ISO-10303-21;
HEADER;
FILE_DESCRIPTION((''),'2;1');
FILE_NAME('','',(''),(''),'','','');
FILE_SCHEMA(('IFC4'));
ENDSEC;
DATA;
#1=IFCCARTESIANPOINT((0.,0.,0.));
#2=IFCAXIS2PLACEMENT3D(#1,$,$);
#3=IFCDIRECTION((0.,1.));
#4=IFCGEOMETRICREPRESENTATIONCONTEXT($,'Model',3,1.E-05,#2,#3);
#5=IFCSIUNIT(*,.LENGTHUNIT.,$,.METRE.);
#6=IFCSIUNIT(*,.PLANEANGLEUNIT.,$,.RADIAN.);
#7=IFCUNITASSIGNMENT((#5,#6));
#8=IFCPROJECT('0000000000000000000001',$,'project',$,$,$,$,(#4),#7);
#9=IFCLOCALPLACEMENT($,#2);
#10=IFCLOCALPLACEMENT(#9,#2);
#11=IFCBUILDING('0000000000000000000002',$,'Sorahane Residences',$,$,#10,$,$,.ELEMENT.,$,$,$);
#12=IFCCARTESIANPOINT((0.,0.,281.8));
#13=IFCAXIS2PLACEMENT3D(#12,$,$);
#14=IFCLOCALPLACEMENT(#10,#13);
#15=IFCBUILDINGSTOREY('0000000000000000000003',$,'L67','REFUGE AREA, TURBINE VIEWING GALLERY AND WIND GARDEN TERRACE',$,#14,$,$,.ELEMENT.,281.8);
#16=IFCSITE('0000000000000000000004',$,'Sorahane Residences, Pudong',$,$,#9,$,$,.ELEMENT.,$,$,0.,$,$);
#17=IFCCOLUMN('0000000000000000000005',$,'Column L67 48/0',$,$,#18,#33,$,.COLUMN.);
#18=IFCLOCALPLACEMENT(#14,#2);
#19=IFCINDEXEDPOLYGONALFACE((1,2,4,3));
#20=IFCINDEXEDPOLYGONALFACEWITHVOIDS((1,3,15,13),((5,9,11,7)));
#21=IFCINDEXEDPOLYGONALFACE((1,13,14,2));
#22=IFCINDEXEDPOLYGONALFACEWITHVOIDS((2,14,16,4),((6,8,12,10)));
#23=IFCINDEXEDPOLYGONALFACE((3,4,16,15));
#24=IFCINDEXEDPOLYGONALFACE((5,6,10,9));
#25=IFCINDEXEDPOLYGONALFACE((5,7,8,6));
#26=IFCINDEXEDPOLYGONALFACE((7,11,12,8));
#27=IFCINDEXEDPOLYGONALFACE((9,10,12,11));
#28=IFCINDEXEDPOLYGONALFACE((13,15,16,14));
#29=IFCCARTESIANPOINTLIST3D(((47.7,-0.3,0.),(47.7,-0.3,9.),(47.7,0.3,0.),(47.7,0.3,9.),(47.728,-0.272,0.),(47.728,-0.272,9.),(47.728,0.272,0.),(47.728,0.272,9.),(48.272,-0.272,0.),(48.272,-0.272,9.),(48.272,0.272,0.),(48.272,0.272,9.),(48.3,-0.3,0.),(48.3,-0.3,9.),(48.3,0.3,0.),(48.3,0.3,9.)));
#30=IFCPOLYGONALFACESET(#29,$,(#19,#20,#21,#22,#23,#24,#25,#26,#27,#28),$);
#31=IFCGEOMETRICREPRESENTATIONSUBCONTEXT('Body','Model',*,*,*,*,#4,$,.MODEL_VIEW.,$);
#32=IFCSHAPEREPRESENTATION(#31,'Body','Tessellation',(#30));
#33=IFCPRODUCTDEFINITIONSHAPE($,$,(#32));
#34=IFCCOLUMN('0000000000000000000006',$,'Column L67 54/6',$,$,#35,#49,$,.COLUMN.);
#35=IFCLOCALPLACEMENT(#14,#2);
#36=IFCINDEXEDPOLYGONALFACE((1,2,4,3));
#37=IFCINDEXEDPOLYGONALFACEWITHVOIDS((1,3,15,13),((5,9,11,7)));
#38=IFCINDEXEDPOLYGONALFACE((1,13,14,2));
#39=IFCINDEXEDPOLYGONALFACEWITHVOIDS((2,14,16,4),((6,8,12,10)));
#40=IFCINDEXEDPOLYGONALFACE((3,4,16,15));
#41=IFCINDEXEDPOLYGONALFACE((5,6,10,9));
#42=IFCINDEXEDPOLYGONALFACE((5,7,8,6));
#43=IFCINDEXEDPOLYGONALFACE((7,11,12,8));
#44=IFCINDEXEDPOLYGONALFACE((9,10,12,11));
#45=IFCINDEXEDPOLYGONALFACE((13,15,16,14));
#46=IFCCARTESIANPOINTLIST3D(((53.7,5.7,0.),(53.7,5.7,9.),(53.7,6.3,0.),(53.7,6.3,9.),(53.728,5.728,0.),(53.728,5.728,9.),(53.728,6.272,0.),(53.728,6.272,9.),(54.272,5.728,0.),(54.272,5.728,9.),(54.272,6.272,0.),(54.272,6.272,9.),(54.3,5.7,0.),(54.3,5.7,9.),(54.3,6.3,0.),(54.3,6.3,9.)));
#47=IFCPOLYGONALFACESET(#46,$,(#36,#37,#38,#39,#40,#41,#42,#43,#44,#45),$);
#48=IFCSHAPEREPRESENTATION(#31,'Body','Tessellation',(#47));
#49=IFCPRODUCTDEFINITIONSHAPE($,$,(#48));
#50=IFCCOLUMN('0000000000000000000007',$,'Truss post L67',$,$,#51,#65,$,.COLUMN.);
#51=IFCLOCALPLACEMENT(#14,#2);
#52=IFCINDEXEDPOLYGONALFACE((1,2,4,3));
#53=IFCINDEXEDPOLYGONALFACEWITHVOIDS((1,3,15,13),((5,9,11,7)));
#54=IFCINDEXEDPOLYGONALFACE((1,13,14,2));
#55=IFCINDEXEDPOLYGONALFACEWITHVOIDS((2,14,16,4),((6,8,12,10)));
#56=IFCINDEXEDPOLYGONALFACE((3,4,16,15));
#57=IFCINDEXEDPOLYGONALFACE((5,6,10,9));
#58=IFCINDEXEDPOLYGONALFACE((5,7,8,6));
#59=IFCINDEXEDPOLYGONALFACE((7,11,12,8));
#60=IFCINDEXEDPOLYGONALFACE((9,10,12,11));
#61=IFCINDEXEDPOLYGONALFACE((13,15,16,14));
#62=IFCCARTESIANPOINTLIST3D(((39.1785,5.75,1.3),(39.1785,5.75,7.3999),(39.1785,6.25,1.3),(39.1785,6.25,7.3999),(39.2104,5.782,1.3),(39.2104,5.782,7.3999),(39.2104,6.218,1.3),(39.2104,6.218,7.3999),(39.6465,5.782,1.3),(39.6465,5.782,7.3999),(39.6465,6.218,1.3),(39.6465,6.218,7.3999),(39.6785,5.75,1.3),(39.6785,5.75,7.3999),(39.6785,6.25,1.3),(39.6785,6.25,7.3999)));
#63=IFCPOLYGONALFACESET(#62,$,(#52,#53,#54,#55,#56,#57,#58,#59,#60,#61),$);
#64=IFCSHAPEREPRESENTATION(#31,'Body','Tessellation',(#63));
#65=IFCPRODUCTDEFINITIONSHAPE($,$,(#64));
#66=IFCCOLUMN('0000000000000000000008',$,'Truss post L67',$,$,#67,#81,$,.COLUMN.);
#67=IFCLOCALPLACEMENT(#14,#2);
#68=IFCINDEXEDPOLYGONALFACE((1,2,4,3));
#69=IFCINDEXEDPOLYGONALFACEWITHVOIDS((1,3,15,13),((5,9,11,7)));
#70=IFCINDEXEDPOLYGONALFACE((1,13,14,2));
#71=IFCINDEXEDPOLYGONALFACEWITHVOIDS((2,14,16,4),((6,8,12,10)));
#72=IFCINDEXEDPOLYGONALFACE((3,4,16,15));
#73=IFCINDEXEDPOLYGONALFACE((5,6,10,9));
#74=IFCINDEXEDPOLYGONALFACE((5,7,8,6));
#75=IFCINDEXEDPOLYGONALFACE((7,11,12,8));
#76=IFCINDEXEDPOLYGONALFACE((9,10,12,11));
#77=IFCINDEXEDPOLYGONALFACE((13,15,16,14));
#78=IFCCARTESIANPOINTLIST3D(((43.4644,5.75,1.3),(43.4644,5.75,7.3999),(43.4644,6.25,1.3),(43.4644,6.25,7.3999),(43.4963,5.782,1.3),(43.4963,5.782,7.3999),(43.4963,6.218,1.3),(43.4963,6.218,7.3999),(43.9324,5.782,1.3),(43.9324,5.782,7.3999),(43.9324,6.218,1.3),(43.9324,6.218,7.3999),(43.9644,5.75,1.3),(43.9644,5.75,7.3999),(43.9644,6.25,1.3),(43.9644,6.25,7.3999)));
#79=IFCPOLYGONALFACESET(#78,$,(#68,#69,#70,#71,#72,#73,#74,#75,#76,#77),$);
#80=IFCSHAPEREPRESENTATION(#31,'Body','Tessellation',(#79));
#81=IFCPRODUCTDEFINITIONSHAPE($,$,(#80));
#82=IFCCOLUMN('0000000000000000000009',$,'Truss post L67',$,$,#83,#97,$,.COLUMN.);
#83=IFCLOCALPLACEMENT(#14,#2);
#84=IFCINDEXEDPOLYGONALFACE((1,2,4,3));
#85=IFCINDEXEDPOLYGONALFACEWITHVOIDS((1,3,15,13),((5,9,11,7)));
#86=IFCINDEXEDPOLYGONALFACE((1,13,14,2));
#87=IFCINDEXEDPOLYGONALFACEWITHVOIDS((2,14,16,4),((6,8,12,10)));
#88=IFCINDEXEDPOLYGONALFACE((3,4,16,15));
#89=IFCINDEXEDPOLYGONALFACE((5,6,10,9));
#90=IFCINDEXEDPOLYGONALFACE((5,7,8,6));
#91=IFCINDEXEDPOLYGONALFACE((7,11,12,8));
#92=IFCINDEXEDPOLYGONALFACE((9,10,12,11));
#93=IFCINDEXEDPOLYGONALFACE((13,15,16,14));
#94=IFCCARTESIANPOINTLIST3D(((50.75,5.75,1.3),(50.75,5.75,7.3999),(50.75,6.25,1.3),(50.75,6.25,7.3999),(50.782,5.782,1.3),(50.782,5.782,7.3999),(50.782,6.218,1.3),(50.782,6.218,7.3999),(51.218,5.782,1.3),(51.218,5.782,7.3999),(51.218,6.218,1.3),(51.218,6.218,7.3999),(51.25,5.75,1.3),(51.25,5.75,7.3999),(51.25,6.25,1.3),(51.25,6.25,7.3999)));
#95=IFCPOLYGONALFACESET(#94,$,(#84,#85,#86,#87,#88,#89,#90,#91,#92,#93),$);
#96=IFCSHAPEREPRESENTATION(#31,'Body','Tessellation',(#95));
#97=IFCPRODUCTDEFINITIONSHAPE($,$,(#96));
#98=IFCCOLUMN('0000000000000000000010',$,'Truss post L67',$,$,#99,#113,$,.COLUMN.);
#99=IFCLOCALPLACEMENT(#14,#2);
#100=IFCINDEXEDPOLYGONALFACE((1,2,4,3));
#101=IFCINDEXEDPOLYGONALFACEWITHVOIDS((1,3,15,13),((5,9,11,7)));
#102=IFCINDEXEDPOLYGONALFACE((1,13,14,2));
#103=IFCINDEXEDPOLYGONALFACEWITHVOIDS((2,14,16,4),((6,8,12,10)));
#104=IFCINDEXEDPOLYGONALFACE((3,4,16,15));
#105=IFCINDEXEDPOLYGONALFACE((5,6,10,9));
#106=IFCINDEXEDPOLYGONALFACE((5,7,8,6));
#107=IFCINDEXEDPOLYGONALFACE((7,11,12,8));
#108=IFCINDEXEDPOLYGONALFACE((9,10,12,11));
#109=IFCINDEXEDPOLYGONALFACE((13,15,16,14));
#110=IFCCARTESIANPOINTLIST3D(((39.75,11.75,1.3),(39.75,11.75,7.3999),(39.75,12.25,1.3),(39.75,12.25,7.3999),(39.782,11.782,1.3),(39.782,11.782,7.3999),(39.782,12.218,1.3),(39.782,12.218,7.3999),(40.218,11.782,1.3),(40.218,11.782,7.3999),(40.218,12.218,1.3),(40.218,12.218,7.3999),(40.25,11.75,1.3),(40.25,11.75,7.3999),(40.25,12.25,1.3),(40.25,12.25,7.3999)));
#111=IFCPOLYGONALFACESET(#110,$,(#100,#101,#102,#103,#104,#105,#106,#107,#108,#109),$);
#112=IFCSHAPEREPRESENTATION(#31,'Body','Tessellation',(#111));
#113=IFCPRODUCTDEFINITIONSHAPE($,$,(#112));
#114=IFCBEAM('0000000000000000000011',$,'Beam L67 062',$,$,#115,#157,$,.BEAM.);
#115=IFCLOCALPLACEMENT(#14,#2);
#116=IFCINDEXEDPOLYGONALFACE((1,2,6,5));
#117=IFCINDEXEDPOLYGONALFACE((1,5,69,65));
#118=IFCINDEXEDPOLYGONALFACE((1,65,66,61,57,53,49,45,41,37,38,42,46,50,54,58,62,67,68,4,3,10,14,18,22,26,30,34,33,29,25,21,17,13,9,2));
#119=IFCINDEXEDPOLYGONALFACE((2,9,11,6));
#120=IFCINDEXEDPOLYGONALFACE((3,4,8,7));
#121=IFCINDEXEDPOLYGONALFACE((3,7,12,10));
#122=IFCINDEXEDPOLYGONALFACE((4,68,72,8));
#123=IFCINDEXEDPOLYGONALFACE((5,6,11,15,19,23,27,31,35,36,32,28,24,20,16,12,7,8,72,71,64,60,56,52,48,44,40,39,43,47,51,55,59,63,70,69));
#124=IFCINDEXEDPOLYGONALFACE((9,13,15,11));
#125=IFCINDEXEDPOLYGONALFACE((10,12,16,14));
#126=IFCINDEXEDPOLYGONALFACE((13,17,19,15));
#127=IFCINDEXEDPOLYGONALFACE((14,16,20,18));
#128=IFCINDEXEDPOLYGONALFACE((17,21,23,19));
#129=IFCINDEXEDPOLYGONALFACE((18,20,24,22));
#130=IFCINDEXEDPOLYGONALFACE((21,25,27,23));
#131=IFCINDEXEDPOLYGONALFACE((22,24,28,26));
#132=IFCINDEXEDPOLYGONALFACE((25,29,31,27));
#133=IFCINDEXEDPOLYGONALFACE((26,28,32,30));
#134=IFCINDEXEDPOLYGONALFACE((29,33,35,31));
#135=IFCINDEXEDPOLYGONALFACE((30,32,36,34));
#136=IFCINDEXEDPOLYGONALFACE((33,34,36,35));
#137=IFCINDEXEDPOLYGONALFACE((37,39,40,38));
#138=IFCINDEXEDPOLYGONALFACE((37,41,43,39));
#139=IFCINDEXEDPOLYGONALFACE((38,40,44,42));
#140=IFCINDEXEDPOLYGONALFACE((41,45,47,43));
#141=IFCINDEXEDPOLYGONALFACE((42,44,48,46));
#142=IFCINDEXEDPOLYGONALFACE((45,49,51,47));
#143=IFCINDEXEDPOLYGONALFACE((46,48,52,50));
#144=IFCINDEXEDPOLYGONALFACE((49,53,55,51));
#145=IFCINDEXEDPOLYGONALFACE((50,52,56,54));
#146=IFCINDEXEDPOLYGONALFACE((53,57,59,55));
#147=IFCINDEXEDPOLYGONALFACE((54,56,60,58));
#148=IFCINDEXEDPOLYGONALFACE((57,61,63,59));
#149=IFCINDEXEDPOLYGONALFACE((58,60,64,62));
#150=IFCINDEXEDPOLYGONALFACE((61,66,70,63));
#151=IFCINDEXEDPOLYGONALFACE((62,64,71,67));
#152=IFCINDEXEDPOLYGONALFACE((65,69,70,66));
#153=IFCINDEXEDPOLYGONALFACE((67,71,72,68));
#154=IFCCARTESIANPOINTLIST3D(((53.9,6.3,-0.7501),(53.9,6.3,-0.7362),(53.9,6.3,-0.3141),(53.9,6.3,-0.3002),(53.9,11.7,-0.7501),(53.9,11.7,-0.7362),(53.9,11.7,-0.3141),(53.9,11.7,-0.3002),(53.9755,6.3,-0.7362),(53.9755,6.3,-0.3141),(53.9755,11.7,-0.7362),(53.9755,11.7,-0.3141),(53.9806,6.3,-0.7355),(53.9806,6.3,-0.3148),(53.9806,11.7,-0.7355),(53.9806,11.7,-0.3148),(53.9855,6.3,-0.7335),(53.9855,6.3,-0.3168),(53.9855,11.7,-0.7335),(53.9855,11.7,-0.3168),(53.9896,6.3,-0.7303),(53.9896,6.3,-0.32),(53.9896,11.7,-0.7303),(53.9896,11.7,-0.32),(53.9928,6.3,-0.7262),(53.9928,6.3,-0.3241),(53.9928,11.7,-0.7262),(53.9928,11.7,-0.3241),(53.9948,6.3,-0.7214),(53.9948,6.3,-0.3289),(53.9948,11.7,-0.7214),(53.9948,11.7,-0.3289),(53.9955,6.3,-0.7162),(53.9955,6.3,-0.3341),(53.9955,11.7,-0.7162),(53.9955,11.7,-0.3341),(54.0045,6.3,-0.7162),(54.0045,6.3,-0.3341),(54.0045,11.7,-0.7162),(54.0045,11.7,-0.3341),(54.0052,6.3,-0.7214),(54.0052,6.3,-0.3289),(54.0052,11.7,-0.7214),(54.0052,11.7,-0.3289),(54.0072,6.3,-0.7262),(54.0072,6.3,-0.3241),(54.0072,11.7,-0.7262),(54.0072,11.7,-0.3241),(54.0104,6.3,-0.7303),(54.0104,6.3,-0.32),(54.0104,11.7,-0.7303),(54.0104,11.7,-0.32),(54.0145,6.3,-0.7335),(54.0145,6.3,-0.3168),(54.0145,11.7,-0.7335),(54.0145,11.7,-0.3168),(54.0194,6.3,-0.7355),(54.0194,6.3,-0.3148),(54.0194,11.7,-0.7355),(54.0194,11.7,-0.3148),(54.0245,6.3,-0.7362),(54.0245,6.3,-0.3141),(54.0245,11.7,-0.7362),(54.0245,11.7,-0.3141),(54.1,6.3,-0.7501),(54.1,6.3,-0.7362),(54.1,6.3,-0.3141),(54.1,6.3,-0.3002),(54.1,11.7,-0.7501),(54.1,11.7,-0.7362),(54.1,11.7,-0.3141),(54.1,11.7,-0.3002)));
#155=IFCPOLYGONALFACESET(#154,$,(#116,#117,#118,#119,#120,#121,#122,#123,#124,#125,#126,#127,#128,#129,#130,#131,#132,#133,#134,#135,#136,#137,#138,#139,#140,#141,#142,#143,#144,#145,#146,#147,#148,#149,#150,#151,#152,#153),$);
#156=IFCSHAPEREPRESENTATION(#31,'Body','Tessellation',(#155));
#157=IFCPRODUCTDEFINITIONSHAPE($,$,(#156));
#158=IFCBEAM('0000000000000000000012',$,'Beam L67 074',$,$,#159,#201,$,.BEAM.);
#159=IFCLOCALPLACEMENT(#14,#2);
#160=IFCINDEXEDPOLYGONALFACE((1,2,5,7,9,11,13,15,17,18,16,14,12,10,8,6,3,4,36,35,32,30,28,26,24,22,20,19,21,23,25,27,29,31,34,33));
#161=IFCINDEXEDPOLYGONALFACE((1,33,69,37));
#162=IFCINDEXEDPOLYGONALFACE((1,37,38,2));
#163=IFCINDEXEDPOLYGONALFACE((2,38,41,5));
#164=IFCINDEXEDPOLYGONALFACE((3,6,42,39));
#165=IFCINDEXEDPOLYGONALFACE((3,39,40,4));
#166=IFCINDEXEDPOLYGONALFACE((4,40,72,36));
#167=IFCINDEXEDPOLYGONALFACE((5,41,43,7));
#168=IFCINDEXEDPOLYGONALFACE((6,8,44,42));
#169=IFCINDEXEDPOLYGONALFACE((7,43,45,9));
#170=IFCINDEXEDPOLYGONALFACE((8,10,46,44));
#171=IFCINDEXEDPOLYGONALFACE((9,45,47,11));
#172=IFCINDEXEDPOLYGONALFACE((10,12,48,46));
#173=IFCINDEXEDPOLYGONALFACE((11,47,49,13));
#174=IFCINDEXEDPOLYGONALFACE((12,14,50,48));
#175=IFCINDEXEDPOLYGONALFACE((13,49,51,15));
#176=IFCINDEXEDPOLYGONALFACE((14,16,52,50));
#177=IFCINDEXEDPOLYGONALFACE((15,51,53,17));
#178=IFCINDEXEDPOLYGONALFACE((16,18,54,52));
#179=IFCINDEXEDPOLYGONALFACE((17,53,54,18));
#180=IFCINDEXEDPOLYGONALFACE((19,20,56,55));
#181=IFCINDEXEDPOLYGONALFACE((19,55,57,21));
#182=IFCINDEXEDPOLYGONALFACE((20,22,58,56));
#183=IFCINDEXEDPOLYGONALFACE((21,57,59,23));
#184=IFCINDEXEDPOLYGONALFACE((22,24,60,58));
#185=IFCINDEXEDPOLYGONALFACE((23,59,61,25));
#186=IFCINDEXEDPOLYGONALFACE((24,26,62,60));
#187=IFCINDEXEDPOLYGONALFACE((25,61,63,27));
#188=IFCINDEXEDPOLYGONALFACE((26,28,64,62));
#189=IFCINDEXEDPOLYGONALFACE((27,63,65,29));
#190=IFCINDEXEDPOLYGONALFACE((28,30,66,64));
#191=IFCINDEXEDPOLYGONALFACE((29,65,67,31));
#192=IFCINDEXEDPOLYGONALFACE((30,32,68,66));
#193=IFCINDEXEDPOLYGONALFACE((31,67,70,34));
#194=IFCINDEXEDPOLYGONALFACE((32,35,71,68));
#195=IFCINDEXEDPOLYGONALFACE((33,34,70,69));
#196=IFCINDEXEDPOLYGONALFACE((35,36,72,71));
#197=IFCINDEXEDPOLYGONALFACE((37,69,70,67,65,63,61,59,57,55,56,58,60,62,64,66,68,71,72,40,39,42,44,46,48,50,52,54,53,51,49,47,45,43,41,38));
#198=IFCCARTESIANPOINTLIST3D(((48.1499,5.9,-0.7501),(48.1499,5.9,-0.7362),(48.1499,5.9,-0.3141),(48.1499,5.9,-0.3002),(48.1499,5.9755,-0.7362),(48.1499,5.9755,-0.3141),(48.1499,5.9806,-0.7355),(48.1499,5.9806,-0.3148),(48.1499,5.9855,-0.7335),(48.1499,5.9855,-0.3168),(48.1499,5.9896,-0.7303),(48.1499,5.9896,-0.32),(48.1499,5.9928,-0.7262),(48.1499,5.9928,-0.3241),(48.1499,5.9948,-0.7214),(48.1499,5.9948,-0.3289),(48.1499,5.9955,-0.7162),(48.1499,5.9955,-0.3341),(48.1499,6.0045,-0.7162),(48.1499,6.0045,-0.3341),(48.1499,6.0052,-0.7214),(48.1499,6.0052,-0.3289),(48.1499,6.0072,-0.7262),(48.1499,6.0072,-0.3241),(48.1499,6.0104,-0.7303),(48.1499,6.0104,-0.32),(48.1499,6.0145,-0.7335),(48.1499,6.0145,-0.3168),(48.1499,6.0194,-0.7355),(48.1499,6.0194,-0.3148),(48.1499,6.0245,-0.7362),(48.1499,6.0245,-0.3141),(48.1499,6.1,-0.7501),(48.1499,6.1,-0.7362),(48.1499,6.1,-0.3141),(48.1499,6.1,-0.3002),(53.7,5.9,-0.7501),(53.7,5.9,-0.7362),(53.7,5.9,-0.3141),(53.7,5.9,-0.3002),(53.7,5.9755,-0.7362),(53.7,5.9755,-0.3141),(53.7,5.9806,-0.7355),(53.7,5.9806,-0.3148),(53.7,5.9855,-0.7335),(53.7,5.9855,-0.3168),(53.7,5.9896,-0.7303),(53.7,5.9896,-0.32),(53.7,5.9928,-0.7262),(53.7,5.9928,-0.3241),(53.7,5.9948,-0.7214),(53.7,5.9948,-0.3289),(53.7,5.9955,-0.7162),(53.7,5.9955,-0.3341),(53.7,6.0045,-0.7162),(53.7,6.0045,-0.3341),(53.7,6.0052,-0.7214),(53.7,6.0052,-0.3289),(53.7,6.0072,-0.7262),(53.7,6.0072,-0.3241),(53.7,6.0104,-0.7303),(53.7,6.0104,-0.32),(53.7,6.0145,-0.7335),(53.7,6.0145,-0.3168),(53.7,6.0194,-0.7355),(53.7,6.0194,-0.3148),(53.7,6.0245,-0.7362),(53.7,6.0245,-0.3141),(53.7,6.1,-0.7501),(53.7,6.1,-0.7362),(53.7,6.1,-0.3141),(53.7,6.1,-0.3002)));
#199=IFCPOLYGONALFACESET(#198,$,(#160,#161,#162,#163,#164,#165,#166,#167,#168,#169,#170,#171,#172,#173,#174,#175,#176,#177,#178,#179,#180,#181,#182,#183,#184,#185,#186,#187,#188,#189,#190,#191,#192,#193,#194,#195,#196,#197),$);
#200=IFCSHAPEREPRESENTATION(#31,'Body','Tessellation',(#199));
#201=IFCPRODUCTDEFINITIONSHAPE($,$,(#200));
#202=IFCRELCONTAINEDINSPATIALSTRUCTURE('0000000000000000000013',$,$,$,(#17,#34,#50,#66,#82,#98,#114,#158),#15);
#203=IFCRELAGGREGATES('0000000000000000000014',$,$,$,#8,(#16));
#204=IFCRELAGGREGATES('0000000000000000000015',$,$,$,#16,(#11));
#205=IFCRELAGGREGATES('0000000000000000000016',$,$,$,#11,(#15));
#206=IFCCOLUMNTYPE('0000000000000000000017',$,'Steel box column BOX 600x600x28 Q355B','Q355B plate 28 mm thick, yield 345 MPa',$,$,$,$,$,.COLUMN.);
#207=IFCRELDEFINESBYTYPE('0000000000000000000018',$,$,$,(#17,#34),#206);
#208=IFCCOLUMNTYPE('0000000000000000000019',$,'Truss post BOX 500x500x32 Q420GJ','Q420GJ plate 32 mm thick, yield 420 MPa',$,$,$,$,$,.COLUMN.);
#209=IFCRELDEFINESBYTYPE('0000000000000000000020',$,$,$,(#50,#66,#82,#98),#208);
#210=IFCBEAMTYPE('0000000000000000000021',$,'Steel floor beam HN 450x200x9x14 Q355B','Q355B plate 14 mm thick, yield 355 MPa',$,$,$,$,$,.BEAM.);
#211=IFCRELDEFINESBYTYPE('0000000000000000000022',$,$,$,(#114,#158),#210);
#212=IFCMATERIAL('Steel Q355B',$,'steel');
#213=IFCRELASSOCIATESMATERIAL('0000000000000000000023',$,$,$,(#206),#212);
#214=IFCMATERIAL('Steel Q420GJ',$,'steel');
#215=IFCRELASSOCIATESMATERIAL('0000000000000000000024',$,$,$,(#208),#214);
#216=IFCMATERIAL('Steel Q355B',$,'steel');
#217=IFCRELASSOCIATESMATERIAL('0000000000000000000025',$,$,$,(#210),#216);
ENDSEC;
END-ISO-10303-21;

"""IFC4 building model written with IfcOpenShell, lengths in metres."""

from ifc_helpers import new_model, si_unit, direction, frame, origin, origin_2d, place, context, subcontext, project, spatial, hollow_rectangle, i_section, extrude, material, material_profile, profile_set, type_object, element, save


model = new_model("IFC4")

# Units and contexts
model_context = context("Model", 3, precision=1e-05, world=origin(), true_north=direction((0.0, 1.0)))
body_context = subcontext(model_context, "Body", "Model", "MODEL_VIEW")
ifc_project = project(units=[si_unit("LENGTHUNIT", "METRE"), si_unit("PLANEANGLEUNIT", "RADIAN")], contexts=[model_context])

# Site, building, storey
site_placement = place(None, origin())
site = spatial("IfcSite", under=ifc_project, at=site_placement, Name="Sorahane Residences, Pudong", CompositionType="ELEMENT", RefElevation=0.0)
building_placement = place(site_placement, origin())
building = spatial("IfcBuilding", under=site, at=building_placement, Name="Sorahane Residences", CompositionType="ELEMENT")
storey_placement = place(building_placement, frame((0.0, 0.0, 281.8)))
storey = spatial("IfcBuildingStorey", under=building, at=storey_placement, Name="L67", Description="REFUGE AREA, TURBINE VIEWING GALLERY AND WIND GARDEN TERRACE", CompositionType="ELEMENT", Elevation=281.8)

# Columns
ifc_material_1 = material(Name="Steel Q355B", Category="steel")
ifc_material_profile_1 = material_profile(ifc_material_1, hollow_rectangle(XDim=0.6001, YDim=0.6001, WallThickness=0.0281, at=origin_2d()), Name="BOX 600x600x28")
ifc_profile_set_1 = profile_set([ifc_material_profile_1], Name="Steel Q355B")
column_type_1 = type_object("IfcColumnType", Name="Steel box column BOX 600x600x28 Q355B", Description="Q355B plate 28 mm thick, yield 345 MPa", PredefinedType="COLUMN", material=ifc_profile_set_1)
for number, where, z_axis, x_axis, name in (
    (1, (48.0, 0.0, 0.0), (0.0, 0.0, 1.0), (1.0, 0.0, 0.0), "Column L67 48/0"),
    (2, (54.0, 6.0, 0.0), (0.0, 0.0, 1.0), (1.0, 0.0, 0.0), "Column L67 54/6"),
):
    element("IfcColumn", number, at=place(storey_placement, frame(where, z_axis=z_axis, x_axis=x_axis)), inside=storey, type_object=column_type_1, Name=name, PredefinedType="COLUMN", context=body_context, shape_type="SweptSolid", body=[
        extrude(hollow_rectangle(XDim=0.6001, YDim=0.6001, WallThickness=0.0281, at=origin_2d()), origin(), (0.0, 0.0, 1.0), 9.0),
    ])
ifc_material_2 = material(Name="Steel Q420GJ", Category="steel")
ifc_material_profile_2 = material_profile(ifc_material_2, hollow_rectangle(XDim=0.5, YDim=0.5, WallThickness=0.032, at=origin_2d()), Name="BOX 500x500x32")
ifc_profile_set_2 = profile_set([ifc_material_profile_2], Name="Steel Q420GJ")
column_type_2 = type_object("IfcColumnType", Name="Truss post BOX 500x500x32 Q420GJ", Description="Q420GJ plate 32 mm thick, yield 420 MPa", PredefinedType="COLUMN", material=ifc_profile_set_2)
for number, where, z_axis, x_axis, name in (
    (3, (39.4285, 6.0, 1.3), (0.0, 0.0, 1.0), (1.0, 0.0, 0.0), "Truss post L67"),
    (4, (43.7144, 6.0, 1.3), (0.0, 0.0, 1.0), (1.0, 0.0, 0.0), "Truss post L67"),
    (5, (51.0, 6.0, 1.3), (0.0, 0.0, 1.0), (1.0, 0.0, 0.0), "Truss post L67"),
    (6, (40.0, 12.0, 1.3), (0.0, 0.0, 1.0), (1.0, 0.0, 0.0), "Truss post L67"),
):
    element("IfcColumn", number, at=place(storey_placement, frame(where, z_axis=z_axis, x_axis=x_axis)), inside=storey, type_object=column_type_2, Name=name, PredefinedType="COLUMN", context=body_context, shape_type="SweptSolid", body=[
        extrude(hollow_rectangle(XDim=0.5, YDim=0.5, WallThickness=0.032, at=origin_2d()), origin(), (0.0, 0.0, 1.0), 6.0999),
    ])

# Beams
ifc_material_3 = material(Name="Steel Q355B", Category="steel")
ifc_material_profile_3 = material_profile(ifc_material_3, i_section(OverallWidth=0.2, OverallDepth=0.45, WebThickness=0.009, FlangeThickness=0.0139, FilletRadius=0.02, at=origin_2d()), Name="HN 450x200x9x14")
ifc_profile_set_3 = profile_set([ifc_material_profile_3], Name="Steel Q355B")
beam_type_1 = type_object("IfcBeamType", Name="Steel floor beam HN 450x200x9x14 Q355B", Description="Q355B plate 14 mm thick, yield 355 MPa", PredefinedType="BEAM", material=ifc_profile_set_3)
beam_1_placement = place(storey_placement, frame((54.0, 6.3, -0.5251), z_axis=(0.0, 1.0, 0.0), x_axis=(-1.0, 0.0, 0.0)))
element("IfcBeam", 7, at=beam_1_placement, inside=storey, type_object=beam_type_1, Name="Beam L67 062", PredefinedType="BEAM", context=body_context, shape_type="SweptSolid", body=[
    extrude(i_section(OverallWidth=0.2, OverallDepth=0.45, WebThickness=0.009, FlangeThickness=0.0139, FilletRadius=0.02, at=origin_2d()), origin(), (0.0, 0.0, 1.0), 5.3999),
])
beam_2_placement = place(storey_placement, frame((48.1499, 6.0, -0.5251), z_axis=(1.0, 0.0, 0.0), x_axis=(0.0, 1.0, 0.0)))
element("IfcBeam", 8, at=beam_2_placement, inside=storey, type_object=beam_type_1, Name="Beam L67 074", PredefinedType="BEAM", context=body_context, shape_type="SweptSolid", body=[
    extrude(i_section(OverallWidth=0.2, OverallDepth=0.45, WebThickness=0.009, FlangeThickness=0.0139, FilletRadius=0.02, at=origin_2d()), origin(), (0.0, 0.0, 1.0), 5.55),
])

save(model, "model.ifc")
